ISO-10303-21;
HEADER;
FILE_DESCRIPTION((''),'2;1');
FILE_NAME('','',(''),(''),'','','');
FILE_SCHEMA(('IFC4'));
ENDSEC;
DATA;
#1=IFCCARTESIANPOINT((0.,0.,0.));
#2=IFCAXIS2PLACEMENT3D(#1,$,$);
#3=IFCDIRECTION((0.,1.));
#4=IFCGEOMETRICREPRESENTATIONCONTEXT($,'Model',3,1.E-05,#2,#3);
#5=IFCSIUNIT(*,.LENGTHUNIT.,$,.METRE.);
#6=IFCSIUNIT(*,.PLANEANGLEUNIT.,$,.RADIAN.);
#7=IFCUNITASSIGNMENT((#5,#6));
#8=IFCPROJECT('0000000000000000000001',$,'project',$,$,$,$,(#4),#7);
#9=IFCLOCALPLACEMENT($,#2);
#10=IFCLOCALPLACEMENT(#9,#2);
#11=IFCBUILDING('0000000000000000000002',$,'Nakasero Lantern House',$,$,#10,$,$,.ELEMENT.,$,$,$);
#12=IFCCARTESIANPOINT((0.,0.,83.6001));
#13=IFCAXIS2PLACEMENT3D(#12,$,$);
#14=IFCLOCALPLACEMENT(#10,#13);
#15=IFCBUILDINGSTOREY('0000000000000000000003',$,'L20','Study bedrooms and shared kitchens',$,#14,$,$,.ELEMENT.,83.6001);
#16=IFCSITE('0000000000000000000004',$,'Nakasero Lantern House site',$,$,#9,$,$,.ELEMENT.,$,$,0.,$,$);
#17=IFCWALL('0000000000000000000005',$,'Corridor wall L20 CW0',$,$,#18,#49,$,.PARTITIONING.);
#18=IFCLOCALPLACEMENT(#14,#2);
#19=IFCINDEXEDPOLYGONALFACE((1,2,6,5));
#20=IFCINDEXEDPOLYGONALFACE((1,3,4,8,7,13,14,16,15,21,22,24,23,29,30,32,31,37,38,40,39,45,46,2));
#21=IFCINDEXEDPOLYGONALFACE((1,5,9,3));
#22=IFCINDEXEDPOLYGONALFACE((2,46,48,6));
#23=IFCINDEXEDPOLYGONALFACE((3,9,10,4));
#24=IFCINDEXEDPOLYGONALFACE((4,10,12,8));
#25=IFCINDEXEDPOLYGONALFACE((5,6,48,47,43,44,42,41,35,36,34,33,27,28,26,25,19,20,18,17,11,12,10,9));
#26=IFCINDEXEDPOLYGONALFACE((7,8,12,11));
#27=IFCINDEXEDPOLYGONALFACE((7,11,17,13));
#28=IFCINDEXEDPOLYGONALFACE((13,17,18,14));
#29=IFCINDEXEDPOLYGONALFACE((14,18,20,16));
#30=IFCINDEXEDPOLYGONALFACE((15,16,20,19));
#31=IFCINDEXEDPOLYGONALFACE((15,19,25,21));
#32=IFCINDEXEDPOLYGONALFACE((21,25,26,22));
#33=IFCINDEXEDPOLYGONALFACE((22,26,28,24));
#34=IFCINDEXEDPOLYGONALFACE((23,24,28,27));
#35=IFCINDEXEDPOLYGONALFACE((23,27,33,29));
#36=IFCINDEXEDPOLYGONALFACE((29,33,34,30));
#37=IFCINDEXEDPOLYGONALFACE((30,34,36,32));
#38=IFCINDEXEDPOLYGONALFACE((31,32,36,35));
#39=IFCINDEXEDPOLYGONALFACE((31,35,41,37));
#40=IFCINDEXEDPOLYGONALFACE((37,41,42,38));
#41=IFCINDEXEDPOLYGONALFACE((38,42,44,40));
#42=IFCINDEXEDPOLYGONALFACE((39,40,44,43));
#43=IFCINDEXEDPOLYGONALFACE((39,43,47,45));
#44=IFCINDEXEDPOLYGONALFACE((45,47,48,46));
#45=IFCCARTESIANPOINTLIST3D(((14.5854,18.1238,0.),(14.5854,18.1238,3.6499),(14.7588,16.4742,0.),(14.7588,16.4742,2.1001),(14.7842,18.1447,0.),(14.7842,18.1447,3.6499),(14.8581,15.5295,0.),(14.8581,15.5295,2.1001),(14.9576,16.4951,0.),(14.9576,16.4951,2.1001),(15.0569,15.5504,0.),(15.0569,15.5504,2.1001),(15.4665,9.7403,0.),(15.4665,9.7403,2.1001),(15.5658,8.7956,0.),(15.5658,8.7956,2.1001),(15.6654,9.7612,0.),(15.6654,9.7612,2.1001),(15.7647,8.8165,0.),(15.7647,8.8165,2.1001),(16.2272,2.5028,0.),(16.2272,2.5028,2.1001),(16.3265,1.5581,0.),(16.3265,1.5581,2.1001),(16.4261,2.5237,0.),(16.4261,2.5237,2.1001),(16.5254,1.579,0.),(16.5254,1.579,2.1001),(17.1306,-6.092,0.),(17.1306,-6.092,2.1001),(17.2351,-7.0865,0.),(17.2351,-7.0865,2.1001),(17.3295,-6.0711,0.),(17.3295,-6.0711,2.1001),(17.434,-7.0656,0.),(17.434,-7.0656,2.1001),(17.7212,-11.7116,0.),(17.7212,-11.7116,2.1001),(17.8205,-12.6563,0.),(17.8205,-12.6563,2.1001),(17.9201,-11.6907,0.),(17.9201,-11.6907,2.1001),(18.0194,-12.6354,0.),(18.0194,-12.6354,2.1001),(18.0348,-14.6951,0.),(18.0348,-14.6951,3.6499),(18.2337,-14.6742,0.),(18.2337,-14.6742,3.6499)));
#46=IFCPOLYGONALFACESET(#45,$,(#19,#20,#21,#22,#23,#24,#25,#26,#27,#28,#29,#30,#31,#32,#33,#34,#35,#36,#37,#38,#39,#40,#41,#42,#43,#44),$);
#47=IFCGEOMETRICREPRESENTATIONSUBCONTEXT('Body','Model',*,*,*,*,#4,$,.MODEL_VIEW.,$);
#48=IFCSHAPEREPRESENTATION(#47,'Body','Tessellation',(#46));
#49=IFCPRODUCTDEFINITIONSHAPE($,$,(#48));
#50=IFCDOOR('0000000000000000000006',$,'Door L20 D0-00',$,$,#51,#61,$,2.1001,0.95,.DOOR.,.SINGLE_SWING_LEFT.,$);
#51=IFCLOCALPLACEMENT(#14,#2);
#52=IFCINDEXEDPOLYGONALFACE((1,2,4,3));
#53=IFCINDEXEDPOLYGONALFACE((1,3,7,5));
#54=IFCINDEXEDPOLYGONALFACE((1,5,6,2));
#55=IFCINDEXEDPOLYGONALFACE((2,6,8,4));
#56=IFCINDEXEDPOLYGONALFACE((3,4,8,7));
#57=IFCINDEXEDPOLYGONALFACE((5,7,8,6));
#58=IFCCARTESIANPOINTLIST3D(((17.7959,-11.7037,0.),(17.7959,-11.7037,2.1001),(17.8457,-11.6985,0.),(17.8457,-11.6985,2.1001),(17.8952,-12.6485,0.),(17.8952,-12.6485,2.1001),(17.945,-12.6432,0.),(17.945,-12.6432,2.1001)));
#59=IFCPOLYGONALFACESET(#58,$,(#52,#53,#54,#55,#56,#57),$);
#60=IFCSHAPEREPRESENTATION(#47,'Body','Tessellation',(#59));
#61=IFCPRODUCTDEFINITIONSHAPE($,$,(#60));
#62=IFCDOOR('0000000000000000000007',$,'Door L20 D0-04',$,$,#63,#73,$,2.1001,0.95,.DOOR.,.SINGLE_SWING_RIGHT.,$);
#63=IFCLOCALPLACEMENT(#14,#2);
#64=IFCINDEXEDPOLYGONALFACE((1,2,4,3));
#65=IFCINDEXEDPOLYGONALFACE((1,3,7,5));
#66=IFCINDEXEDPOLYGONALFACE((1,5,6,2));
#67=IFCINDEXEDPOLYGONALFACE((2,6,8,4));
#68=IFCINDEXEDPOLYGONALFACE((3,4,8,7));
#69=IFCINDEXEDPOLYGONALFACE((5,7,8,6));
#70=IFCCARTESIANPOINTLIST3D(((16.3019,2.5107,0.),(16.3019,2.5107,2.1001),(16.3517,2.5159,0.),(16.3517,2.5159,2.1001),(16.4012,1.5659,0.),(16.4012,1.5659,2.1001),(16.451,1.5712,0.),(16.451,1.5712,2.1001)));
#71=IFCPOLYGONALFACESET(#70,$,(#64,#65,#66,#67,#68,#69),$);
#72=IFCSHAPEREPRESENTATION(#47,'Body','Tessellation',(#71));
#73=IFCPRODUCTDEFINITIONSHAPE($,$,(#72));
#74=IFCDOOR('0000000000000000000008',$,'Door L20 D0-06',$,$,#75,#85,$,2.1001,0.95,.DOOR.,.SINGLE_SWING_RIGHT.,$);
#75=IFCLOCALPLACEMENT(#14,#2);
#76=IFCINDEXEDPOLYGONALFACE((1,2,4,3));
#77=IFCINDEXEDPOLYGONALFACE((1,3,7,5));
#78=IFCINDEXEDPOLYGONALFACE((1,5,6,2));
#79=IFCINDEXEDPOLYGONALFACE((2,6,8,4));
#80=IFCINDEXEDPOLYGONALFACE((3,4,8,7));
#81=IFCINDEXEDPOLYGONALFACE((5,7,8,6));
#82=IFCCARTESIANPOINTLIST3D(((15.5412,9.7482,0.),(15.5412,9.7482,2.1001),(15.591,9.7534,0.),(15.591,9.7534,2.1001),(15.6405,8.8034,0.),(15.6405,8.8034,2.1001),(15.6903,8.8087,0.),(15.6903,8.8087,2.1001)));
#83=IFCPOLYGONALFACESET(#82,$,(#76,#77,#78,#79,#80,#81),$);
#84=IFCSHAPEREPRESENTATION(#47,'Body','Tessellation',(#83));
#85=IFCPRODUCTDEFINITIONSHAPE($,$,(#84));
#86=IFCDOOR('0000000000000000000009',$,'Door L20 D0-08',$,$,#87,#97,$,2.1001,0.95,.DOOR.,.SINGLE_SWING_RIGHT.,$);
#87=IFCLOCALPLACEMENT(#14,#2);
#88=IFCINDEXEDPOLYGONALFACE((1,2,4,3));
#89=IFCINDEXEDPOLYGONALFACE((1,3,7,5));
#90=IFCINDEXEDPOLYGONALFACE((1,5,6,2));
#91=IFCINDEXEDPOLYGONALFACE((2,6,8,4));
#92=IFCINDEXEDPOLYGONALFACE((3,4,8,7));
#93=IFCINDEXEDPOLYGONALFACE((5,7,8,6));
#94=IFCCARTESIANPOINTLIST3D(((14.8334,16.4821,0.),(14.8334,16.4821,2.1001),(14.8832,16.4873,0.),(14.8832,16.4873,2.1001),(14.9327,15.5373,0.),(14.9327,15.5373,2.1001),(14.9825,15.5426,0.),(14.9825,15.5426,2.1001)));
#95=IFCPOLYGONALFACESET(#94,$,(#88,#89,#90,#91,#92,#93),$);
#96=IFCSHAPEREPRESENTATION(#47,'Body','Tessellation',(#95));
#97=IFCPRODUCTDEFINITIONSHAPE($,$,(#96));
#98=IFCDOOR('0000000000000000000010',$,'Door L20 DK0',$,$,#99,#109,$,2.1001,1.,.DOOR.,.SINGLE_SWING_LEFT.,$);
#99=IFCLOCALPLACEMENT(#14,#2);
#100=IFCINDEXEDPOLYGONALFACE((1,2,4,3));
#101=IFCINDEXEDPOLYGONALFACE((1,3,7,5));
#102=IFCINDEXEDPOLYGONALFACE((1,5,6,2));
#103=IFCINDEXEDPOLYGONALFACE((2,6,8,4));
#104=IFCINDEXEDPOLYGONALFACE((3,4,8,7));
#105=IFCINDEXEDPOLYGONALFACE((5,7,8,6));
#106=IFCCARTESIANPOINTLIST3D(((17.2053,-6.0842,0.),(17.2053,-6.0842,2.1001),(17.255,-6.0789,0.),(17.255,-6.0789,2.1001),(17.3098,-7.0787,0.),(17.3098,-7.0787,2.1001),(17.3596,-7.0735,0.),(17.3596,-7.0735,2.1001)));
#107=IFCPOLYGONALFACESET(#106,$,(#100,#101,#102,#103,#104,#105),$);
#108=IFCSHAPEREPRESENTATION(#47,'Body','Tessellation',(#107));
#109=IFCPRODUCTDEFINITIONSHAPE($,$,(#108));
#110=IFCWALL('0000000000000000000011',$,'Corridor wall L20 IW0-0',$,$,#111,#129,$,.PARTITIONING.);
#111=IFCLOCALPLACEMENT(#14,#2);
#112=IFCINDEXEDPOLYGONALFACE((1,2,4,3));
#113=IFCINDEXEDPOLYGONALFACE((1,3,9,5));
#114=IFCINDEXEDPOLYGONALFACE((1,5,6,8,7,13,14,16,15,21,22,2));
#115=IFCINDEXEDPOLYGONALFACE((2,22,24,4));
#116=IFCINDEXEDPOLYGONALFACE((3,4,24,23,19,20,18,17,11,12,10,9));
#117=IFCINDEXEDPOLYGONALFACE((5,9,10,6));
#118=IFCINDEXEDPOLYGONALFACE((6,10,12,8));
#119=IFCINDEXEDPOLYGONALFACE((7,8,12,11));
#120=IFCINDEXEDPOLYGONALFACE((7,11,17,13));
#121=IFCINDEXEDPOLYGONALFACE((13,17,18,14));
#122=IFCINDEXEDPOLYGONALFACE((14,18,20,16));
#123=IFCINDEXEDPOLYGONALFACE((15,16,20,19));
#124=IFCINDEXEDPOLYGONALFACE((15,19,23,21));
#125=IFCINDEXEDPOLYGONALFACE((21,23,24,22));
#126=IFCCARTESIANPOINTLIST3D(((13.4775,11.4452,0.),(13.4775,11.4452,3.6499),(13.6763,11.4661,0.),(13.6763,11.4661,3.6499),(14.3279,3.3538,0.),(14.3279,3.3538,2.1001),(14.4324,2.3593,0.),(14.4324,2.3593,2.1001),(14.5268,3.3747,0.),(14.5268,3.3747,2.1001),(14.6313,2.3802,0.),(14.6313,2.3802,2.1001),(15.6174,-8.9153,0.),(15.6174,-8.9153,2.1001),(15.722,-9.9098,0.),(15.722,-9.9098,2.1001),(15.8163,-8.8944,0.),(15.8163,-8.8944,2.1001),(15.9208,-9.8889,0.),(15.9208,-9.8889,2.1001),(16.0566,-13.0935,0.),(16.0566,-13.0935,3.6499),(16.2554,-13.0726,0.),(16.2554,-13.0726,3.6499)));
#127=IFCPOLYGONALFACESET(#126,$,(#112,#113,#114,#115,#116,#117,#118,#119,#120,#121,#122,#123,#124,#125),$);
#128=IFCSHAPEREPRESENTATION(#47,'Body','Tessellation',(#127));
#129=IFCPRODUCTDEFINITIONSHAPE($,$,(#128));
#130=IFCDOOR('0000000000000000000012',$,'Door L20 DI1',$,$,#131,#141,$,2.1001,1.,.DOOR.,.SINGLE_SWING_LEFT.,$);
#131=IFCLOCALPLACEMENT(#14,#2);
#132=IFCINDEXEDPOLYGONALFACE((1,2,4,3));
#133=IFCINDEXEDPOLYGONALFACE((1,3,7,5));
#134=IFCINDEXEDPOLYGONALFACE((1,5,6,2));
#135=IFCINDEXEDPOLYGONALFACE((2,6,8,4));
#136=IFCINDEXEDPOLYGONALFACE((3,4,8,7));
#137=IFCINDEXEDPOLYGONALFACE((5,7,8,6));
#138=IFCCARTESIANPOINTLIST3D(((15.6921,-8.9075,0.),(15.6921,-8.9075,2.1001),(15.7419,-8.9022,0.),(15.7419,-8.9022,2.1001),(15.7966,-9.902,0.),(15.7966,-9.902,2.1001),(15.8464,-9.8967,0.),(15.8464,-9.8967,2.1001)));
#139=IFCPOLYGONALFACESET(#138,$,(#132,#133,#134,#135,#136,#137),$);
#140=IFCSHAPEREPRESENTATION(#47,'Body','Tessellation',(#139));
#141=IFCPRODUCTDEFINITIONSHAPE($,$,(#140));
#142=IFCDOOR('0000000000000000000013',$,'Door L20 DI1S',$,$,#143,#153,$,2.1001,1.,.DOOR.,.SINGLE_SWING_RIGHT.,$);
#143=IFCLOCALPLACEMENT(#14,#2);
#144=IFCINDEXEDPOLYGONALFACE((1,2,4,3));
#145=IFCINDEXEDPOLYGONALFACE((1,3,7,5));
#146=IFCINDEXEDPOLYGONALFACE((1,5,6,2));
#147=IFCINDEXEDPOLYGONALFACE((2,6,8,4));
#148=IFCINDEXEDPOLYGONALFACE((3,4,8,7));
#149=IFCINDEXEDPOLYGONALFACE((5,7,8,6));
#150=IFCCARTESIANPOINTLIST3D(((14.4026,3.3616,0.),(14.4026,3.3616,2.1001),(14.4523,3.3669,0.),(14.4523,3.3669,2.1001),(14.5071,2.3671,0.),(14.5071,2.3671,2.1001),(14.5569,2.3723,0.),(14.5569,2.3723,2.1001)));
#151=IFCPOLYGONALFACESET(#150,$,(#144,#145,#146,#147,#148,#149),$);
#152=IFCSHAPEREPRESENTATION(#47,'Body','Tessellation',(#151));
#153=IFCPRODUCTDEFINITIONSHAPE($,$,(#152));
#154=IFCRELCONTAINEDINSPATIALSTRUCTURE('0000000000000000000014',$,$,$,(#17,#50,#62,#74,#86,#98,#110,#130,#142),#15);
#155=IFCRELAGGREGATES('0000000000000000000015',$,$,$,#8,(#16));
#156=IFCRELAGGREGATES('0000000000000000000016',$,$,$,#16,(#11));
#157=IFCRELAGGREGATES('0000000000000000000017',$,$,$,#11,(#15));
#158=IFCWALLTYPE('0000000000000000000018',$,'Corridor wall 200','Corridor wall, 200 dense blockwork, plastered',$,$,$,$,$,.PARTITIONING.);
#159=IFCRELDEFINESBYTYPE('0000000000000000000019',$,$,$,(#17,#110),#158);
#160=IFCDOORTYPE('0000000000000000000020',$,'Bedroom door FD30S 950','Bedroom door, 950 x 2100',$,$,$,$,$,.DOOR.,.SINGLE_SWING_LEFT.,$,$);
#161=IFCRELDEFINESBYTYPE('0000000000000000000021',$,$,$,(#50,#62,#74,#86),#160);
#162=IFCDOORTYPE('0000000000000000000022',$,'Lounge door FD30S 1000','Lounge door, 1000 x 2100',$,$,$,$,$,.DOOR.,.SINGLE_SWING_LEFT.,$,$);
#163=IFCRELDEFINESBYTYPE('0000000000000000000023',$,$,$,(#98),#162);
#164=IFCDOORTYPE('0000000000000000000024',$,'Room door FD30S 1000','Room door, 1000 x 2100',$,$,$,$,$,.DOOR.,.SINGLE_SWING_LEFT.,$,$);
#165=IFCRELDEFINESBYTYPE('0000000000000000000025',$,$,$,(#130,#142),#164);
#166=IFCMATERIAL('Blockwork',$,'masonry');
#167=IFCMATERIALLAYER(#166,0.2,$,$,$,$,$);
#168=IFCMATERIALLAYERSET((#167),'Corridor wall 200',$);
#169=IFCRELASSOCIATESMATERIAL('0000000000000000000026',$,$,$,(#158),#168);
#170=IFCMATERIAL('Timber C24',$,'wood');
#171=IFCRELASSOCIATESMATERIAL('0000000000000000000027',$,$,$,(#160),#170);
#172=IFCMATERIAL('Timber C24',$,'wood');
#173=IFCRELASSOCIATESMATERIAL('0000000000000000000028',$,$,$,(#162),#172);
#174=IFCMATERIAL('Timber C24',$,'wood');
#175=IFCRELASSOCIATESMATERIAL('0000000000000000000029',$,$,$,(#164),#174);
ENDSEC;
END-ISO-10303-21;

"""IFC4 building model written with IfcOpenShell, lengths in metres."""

from ifc_helpers import new_model, si_unit, direction, frame, frame_2d, origin, place, context, subcontext, project, spatial, rectangle, extrude, material, layer, layer_set, type_object, element, fill, save


model = new_model("IFC4")

# Units and contexts
model_context = context("Model", 3, precision=1e-05, world=origin(), true_north=direction((0.0, 1.0)))
body_context = subcontext(model_context, "Body", "Model", "MODEL_VIEW")
ifc_project = project(units=[si_unit("LENGTHUNIT", "METRE"), si_unit("PLANEANGLEUNIT", "RADIAN")], contexts=[model_context])

# Site, building, storey
site_placement = place(None, origin())
site = spatial("IfcSite", under=ifc_project, at=site_placement, Name="Nakasero Lantern House site", CompositionType="ELEMENT", RefElevation=0.0)
building_placement = place(site_placement, origin())
building = spatial("IfcBuilding", under=site, at=building_placement, Name="Nakasero Lantern House", CompositionType="ELEMENT")
storey_placement = place(building_placement, frame((0.0, 0.0, 83.6001)))
storey = spatial("IfcBuildingStorey", under=building, at=storey_placement, Name="L20", Description="Study bedrooms and shared kitchens", CompositionType="ELEMENT", Elevation=83.6001)

# Walls, openings, doors
ifc_material_1 = material(Name="Blockwork", Category="masonry")
ifc_layer_1 = layer(ifc_material_1, 0.2)
ifc_layer_set_1 = layer_set([ifc_layer_1], Name="Corridor wall 200")
wall_type_1 = type_object("IfcWallType", Name="Corridor wall 200", Description="Corridor wall, 200 dense blockwork, plastered", PredefinedType="PARTITIONING", material=ifc_layer_set_1)
wall_1_placement = place(storey_placement, frame((18.1343, -14.6848, 0.0), z_axis=(0.0, 0.0, 1.0), x_axis=(-0.10453, 0.994522, 0.0)))
wall_1 = element("IfcWall", 1, at=wall_1_placement, inside=storey, type_object=wall_type_1, Name="Corridor wall L20 CW0", PredefinedType="PARTITIONING", context=body_context, shape_type="SweptSolid", body=[
    extrude(rectangle(XDim=32.9998, YDim=0.2, at=frame_2d((16.5, 0.0))), origin(), (0.0, 0.0, 1.0), 3.6499),
])
opening_1_placement = place(wall_1_placement, frame((2.05, 0.0, 0.0)))
opening_1 = element("IfcOpeningElement", 2, at=opening_1_placement, cuts=wall_1, PredefinedType="OPENING", context=body_context, shape_type="SweptSolid", body=[
    extrude(rectangle(XDim=0.95, YDim=2.1001, at=frame_2d((0.4751, 1.05))), frame((0.0, 0.1199, 0.0), z_axis=(0.0, -1.0, 0.0), x_axis=(1.0, 0.0, 0.0)), (0.0, 0.0, 1.0), 0.24),
])
opening_2_placement = place(wall_1_placement, frame((16.3428, 0.0, 0.0)))
opening_2 = element("IfcOpeningElement", 3, at=opening_2_placement, cuts=wall_1, PredefinedType="OPENING", context=body_context, shape_type="SweptSolid", body=[
    extrude(rectangle(XDim=0.95, YDim=2.1001, at=frame_2d((0.4751, 1.05))), frame((0.0, 0.1199, 0.0), z_axis=(0.0, -1.0, 0.0), x_axis=(1.0, 0.0, 0.0)), (0.0, 0.0, 1.0), 0.24),
])
opening_3_placement = place(wall_1_placement, frame((23.6201, 0.0, 0.0)))
opening_3 = element("IfcOpeningElement", 4, at=opening_3_placement, cuts=wall_1, PredefinedType="OPENING", context=body_context, shape_type="SweptSolid", body=[
    extrude(rectangle(XDim=0.95, YDim=2.1001, at=frame_2d((0.4751, 1.05))), frame((0.0, 0.1199, 0.0), z_axis=(0.0, -1.0, 0.0), x_axis=(1.0, 0.0, 0.0)), (0.0, 0.0, 1.0), 0.24),
])
opening_4_placement = place(wall_1_placement, frame((30.3911, 0.0, 0.0)))
opening_4 = element("IfcOpeningElement", 5, at=opening_4_placement, cuts=wall_1, PredefinedType="OPENING", context=body_context, shape_type="SweptSolid", body=[
    extrude(rectangle(XDim=0.95, YDim=2.1001, at=frame_2d((0.4751, 1.05))), frame((0.0, 0.1199, 0.0), z_axis=(0.0, -1.0, 0.0), x_axis=(1.0, 0.0, 0.0)), (0.0, 0.0, 1.0), 0.24),
])
opening_5_placement = place(wall_1_placement, frame((7.6506, 0.0, 0.0)))
opening_5 = element("IfcOpeningElement", 6, at=opening_5_placement, cuts=wall_1, PredefinedType="OPENING", context=body_context, shape_type="SweptSolid", body=[
    extrude(rectangle(XDim=1.0, YDim=2.1001, at=frame_2d((0.5, 1.05))), frame((0.0, 0.1199, 0.0), z_axis=(0.0, -1.0, 0.0), x_axis=(1.0, 0.0, 0.0)), (0.0, 0.0, 1.0), 0.24),
])
ifc_material_2 = material(Name="Timber C24", Category="wood")
door_type_1 = type_object("IfcDoorType", Name="Bedroom door FD30S 950", Description="Bedroom door, 950 x 2100", OperationType="SINGLE_SWING_LEFT", PredefinedType="DOOR", material=ifc_material_2)
door_1_placement = place(opening_1_placement, origin())
door_1 = element("IfcDoor", 7, at=door_1_placement, inside=storey, type_object=door_type_1, Name="Door L20 D0-00", OperationType="SINGLE_SWING_LEFT", OverallHeight=2.1001, OverallWidth=0.95, PredefinedType="DOOR", context=body_context, shape_type="SweptSolid", body=[
    extrude(rectangle(XDim=0.95, YDim=2.1001, at=frame_2d((0.4751, 1.05))), frame((0.0, 0.0249, 0.0), z_axis=(0.0, -1.0, 0.0), x_axis=(1.0, 0.0, 0.0)), (0.0, 0.0, 1.0), 0.05),
])
fill(opening_1, door_1)
door_2_placement = place(opening_2_placement, origin())
door_2 = element("IfcDoor", 8, at=door_2_placement, inside=storey, type_object=door_type_1, Name="Door L20 D0-04", OperationType="SINGLE_SWING_RIGHT", OverallHeight=2.1001, OverallWidth=0.95, PredefinedType="DOOR", context=body_context, shape_type="SweptSolid", body=[
    extrude(rectangle(XDim=0.95, YDim=2.1001, at=frame_2d((0.4751, 1.05))), frame((0.0, 0.0249, 0.0), z_axis=(0.0, -1.0, 0.0), x_axis=(1.0, 0.0, 0.0)), (0.0, 0.0, 1.0), 0.05),
])
fill(opening_2, door_2)
door_3_placement = place(opening_3_placement, origin())
door_3 = element("IfcDoor", 9, at=door_3_placement, inside=storey, type_object=door_type_1, Name="Door L20 D0-06", OperationType="SINGLE_SWING_RIGHT", OverallHeight=2.1001, OverallWidth=0.95, PredefinedType="DOOR", context=body_context, shape_type="SweptSolid", body=[
    extrude(rectangle(XDim=0.95, YDim=2.1001, at=frame_2d((0.4751, 1.05))), frame((0.0, 0.0249, 0.0), z_axis=(0.0, -1.0, 0.0), x_axis=(1.0, 0.0, 0.0)), (0.0, 0.0, 1.0), 0.05),
])
fill(opening_3, door_3)
door_4_placement = place(opening_4_placement, origin())
door_4 = element("IfcDoor", 10, at=door_4_placement, inside=storey, type_object=door_type_1, Name="Door L20 D0-08", OperationType="SINGLE_SWING_RIGHT", OverallHeight=2.1001, OverallWidth=0.95, PredefinedType="DOOR", context=body_context, shape_type="SweptSolid", body=[
    extrude(rectangle(XDim=0.95, YDim=2.1001, at=frame_2d((0.4751, 1.05))), frame((0.0, 0.0249, 0.0), z_axis=(0.0, -1.0, 0.0), x_axis=(1.0, 0.0, 0.0)), (0.0, 0.0, 1.0), 0.05),
])
fill(opening_4, door_4)
ifc_material_3 = material(Name="Timber C24", Category="wood")
door_type_2 = type_object("IfcDoorType", Name="Lounge door FD30S 1000", Description="Lounge door, 1000 x 2100", OperationType="SINGLE_SWING_LEFT", PredefinedType="DOOR", material=ifc_material_3)
door_5_placement = place(opening_5_placement, origin())
door_5 = element("IfcDoor", 11, at=door_5_placement, inside=storey, type_object=door_type_2, Name="Door L20 DK0", OperationType="SINGLE_SWING_LEFT", OverallHeight=2.1001, OverallWidth=1.0, PredefinedType="DOOR", context=body_context, shape_type="SweptSolid", body=[
    extrude(rectangle(XDim=1.0, YDim=2.1001, at=frame_2d((0.5, 1.05))), frame((0.0, 0.0249, 0.0), z_axis=(0.0, -1.0, 0.0), x_axis=(1.0, 0.0, 0.0)), (0.0, 0.0, 1.0), 0.05),
])
fill(opening_5, door_5)
wall_2_placement = place(storey_placement, frame((16.156, -13.083, 0.0), z_axis=(0.0, 0.0, 1.0), x_axis=(-0.104528, 0.994522, 0.0)))
wall_2 = element("IfcWall", 12, at=wall_2_placement, inside=storey, type_object=wall_type_1, Name="Corridor wall L20 IW0-0", PredefinedType="PARTITIONING", context=body_context, shape_type="SweptSolid", body=[
    extrude(rectangle(XDim=24.6738, YDim=0.2, at=frame_2d((12.3369, 0.0))), origin(), (0.0, 0.0, 1.0), 3.6499),
])
opening_6_placement = place(wall_2_placement, frame((3.2012, 0.0, 0.0)))
opening_6 = element("IfcOpeningElement", 13, at=opening_6_placement, cuts=wall_2, PredefinedType="OPENING", context=body_context, shape_type="SweptSolid", body=[
    extrude(rectangle(XDim=1.0, YDim=2.1001, at=frame_2d((0.5, 1.05))), frame((0.0, 0.1199, 0.0), z_axis=(0.0, -1.0, 0.0), x_axis=(1.0, 0.0, 0.0)), (0.0, 0.0, 1.0), 0.24),
])
opening_7_placement = place(wall_2_placement, frame((15.5378, 0.0, 0.0)))
opening_7 = element("IfcOpeningElement", 14, at=opening_7_placement, cuts=wall_2, PredefinedType="OPENING", context=body_context, shape_type="SweptSolid", body=[
    extrude(rectangle(XDim=1.0, YDim=2.1001, at=frame_2d((0.5, 1.05))), frame((0.0, 0.1199, 0.0), z_axis=(0.0, -1.0, 0.0), x_axis=(1.0, 0.0, 0.0)), (0.0, 0.0, 1.0), 0.24),
])
ifc_material_4 = material(Name="Timber C24", Category="wood")
door_type_3 = type_object("IfcDoorType", Name="Room door FD30S 1000", Description="Room door, 1000 x 2100", OperationType="SINGLE_SWING_LEFT", PredefinedType="DOOR", material=ifc_material_4)
door_6_placement = place(opening_6_placement, origin())
door_6 = element("IfcDoor", 15, at=door_6_placement, inside=storey, type_object=door_type_3, Name="Door L20 DI1", OperationType="SINGLE_SWING_LEFT", OverallHeight=2.1001, OverallWidth=1.0, PredefinedType="DOOR", context=body_context, shape_type="SweptSolid", body=[
    extrude(rectangle(XDim=1.0, YDim=2.1001, at=frame_2d((0.5, 1.05))), frame((0.0, 0.0249, 0.0), z_axis=(0.0, -1.0, 0.0), x_axis=(1.0, 0.0, 0.0)), (0.0, 0.0, 1.0), 0.05),
])
fill(opening_6, door_6)
door_7_placement = place(opening_7_placement, origin())
door_7 = element("IfcDoor", 16, at=door_7_placement, inside=storey, type_object=door_type_3, Name="Door L20 DI1S", OperationType="SINGLE_SWING_RIGHT", OverallHeight=2.1001, OverallWidth=1.0, PredefinedType="DOOR", context=body_context, shape_type="SweptSolid", body=[
    extrude(rectangle(XDim=1.0, YDim=2.1001, at=frame_2d((0.5, 1.05))), frame((0.0, 0.0249, 0.0), z_axis=(0.0, -1.0, 0.0), x_axis=(1.0, 0.0, 0.0)), (0.0, 0.0, 1.0), 0.05),
])
fill(opening_7, door_7)

save(model, "model.ifc")
